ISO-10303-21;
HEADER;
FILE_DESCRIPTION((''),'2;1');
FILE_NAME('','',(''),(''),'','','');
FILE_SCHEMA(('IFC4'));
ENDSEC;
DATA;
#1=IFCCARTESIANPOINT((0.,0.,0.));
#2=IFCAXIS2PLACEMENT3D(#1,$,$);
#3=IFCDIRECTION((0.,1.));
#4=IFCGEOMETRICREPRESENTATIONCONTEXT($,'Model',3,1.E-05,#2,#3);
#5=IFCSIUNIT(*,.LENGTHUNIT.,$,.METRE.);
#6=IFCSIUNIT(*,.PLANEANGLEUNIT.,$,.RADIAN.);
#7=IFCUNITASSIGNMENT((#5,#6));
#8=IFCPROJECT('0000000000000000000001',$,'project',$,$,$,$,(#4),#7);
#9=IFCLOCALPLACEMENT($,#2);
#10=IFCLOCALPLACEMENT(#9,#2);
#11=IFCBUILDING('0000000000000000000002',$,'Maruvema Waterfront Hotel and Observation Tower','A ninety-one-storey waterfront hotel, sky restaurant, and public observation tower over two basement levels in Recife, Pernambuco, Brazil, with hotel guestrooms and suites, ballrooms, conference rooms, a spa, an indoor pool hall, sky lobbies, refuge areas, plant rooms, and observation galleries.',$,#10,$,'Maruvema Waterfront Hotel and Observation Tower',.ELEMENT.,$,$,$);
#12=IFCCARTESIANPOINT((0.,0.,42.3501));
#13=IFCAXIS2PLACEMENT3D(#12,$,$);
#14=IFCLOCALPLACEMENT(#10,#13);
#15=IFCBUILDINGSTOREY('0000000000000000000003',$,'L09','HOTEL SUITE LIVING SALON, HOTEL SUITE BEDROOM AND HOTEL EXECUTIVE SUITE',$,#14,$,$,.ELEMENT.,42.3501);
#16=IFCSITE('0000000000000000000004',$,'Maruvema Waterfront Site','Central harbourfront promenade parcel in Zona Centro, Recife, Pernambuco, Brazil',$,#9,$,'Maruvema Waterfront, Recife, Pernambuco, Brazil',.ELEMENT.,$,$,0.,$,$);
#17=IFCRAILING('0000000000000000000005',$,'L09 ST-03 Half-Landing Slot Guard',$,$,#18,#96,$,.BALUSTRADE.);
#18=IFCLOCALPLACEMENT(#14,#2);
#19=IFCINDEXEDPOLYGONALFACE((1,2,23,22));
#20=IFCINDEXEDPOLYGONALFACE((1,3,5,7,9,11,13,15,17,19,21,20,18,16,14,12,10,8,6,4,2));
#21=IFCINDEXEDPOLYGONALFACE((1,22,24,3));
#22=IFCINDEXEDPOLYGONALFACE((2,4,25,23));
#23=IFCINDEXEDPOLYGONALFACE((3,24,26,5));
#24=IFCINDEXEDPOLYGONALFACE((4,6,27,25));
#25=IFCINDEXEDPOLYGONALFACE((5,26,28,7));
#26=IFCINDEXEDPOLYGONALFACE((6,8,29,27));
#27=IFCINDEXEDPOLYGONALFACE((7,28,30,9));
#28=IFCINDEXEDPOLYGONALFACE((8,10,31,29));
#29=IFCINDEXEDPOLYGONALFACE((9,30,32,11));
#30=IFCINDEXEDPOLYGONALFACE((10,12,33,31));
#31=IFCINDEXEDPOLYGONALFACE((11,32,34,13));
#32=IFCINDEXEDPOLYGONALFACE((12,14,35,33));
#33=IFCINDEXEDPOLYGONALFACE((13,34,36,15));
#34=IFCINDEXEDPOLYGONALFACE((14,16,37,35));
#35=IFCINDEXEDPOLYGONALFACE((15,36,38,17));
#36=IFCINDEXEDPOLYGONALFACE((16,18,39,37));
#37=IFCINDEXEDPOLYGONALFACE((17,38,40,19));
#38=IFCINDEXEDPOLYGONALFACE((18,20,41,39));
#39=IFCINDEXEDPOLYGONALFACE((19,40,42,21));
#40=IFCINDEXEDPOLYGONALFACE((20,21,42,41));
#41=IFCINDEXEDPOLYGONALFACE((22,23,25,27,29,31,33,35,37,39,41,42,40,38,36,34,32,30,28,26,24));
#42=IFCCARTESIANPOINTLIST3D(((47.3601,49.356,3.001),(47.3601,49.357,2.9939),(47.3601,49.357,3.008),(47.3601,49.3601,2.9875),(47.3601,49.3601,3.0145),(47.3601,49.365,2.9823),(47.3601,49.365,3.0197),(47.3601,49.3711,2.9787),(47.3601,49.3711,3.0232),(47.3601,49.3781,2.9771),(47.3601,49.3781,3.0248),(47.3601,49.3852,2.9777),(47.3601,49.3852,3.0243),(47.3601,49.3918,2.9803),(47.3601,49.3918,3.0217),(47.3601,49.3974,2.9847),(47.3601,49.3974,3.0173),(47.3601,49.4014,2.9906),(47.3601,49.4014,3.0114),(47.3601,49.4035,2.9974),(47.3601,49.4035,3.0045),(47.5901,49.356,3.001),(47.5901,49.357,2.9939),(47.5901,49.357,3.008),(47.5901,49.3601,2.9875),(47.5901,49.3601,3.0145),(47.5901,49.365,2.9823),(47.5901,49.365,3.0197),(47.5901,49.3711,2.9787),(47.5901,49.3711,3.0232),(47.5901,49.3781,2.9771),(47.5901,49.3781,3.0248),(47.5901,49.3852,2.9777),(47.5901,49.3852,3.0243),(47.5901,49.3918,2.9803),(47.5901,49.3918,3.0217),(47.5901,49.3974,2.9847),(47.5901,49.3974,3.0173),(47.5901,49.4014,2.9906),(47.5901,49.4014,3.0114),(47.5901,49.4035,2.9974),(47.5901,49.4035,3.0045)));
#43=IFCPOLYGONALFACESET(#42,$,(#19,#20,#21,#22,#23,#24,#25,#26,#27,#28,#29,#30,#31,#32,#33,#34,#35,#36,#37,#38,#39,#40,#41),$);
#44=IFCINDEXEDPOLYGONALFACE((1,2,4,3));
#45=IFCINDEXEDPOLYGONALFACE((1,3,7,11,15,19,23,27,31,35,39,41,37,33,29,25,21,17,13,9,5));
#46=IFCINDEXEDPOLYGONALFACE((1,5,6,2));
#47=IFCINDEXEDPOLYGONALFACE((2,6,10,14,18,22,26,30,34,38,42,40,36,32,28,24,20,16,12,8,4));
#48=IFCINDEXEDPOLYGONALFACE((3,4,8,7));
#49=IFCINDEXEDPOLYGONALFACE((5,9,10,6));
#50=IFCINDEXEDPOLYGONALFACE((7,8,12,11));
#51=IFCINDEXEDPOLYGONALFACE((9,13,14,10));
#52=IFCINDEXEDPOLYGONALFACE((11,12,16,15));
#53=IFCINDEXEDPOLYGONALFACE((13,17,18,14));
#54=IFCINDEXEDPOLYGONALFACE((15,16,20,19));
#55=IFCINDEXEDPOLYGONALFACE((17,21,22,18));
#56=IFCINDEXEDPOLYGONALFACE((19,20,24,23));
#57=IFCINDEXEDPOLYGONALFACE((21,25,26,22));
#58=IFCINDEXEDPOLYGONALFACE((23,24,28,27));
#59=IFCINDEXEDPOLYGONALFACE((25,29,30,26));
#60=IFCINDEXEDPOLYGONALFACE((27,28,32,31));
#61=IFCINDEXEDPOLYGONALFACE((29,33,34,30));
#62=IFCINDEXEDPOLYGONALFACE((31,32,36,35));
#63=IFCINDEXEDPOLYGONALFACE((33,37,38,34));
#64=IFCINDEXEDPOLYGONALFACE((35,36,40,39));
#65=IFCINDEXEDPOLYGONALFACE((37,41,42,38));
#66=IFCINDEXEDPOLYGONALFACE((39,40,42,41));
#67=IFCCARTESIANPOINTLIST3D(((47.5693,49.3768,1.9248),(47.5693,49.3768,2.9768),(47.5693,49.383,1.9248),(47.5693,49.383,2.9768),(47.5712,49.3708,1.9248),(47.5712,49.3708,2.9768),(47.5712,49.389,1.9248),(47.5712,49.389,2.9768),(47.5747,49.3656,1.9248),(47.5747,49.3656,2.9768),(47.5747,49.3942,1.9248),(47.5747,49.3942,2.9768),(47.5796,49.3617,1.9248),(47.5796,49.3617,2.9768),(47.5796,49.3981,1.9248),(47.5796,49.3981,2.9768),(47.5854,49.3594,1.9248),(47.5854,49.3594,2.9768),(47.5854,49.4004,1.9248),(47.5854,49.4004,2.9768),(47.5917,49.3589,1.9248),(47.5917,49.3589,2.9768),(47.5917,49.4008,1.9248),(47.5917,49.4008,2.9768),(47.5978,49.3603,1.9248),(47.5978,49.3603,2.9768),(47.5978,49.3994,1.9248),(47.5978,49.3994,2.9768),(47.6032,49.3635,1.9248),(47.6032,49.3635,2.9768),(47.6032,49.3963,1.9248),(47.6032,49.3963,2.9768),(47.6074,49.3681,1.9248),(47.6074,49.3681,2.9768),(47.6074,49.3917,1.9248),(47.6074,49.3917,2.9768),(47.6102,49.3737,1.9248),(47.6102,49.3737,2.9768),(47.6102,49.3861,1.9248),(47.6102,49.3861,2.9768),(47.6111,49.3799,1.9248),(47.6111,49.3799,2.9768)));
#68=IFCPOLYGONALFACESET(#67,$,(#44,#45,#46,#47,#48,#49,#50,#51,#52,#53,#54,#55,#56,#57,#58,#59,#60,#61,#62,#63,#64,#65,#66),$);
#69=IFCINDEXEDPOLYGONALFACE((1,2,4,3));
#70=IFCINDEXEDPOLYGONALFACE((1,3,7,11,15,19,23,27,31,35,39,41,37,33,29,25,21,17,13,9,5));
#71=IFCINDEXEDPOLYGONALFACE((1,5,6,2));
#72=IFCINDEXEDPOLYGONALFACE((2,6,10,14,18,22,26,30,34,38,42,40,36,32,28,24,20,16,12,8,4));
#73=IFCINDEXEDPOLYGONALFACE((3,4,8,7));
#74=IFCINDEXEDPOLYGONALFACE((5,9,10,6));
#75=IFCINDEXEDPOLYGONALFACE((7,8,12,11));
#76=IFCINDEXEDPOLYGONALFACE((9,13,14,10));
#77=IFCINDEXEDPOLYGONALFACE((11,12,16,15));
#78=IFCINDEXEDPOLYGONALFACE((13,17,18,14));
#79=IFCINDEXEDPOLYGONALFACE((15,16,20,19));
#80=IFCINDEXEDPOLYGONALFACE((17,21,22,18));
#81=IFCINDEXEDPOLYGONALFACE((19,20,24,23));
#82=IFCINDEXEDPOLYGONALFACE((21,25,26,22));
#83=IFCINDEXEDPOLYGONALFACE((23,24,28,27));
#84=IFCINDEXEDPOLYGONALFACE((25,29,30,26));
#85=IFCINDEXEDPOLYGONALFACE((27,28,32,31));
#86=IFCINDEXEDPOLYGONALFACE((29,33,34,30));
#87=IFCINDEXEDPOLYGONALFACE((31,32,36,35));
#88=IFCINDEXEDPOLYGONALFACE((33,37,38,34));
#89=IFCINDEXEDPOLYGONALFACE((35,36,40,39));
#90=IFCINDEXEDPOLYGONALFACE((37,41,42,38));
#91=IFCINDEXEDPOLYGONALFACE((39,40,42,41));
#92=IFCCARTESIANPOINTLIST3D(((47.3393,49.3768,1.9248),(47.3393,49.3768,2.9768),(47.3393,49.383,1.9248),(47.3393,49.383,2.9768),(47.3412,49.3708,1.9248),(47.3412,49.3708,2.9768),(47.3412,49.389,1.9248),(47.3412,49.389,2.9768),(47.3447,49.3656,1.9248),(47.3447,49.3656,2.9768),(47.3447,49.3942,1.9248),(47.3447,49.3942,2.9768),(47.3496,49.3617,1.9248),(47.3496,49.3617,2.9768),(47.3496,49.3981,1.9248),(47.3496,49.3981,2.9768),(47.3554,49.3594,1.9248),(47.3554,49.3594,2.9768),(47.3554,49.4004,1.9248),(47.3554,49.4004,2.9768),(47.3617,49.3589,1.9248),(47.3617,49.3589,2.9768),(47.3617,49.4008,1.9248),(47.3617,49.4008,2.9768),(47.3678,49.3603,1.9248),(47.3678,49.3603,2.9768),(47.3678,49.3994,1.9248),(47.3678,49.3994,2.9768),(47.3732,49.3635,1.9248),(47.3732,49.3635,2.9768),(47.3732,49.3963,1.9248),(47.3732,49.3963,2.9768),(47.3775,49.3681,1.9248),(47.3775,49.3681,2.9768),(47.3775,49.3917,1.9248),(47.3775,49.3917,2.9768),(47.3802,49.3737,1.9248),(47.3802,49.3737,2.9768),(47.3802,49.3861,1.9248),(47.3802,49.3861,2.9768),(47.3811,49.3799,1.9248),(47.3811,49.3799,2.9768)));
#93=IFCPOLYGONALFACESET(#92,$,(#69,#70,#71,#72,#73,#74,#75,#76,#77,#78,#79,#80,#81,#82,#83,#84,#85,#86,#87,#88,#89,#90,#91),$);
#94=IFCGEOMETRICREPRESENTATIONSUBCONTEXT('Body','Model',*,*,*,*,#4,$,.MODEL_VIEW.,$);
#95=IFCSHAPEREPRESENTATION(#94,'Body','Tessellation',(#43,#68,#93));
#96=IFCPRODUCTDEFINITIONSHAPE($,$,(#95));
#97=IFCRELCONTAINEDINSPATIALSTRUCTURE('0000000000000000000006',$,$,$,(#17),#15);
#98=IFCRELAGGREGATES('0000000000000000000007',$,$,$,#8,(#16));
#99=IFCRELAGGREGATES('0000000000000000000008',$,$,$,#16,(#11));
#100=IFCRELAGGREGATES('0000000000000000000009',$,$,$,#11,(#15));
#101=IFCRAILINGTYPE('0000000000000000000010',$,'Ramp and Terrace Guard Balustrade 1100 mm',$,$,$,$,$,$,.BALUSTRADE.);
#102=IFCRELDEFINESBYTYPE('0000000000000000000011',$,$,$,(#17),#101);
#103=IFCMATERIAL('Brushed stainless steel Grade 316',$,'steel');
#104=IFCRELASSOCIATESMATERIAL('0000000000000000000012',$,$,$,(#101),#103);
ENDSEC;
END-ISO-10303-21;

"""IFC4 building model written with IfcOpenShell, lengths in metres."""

from ifc_helpers import new_model, si_unit, direction, frame, origin, origin_2d, place, context, subcontext, project, spatial, circle, extrude, material, type_object, element, save


model = new_model("IFC4")

# Units and contexts
model_context = context("Model", 3, precision=1e-05, world=origin(), true_north=direction((0.0, 1.0)))
body_context = subcontext(model_context, "Body", "Model", "MODEL_VIEW")
ifc_project = project(units=[si_unit("LENGTHUNIT", "METRE"), si_unit("PLANEANGLEUNIT", "RADIAN")], contexts=[model_context])

# Site, building, storey
site_placement = place(None, origin())
site = spatial("IfcSite", under=ifc_project, at=site_placement, Name="Maruvema Waterfront Site", Description="Central harbourfront promenade parcel in Zona Centro, Recife, Pernambuco, Brazil", LongName="Maruvema Waterfront, Recife, Pernambuco, Brazil", CompositionType="ELEMENT", RefElevation=0.0)
building_placement = place(site_placement, origin())
building = spatial("IfcBuilding", under=site, at=building_placement, Name="Maruvema Waterfront Hotel and Observation Tower", Description="A ninety-one-storey waterfront hotel, sky restaurant, and public observation tower over two basement levels in Recife, Pernambuco, Brazil, with hotel guestrooms and suites, ballrooms, conference rooms, a spa, an indoor pool hall, sky lobbies, refuge areas, plant rooms, and observation galleries.", LongName="Maruvema Waterfront Hotel and Observation Tower", CompositionType="ELEMENT")
storey_placement = place(building_placement, frame((0.0, 0.0, 42.3501)))
storey = spatial("IfcBuildingStorey", under=building, at=storey_placement, Name="L09", Description="HOTEL SUITE LIVING SALON, HOTEL SUITE BEDROOM AND HOTEL EXECUTIVE SUITE", CompositionType="ELEMENT", Elevation=42.3501)

# Railing
ifc_material_1 = material(Name="Brushed stainless steel Grade 316", Category="steel")
railing_type_1 = type_object("IfcRailingType", Name="Ramp and Terrace Guard Balustrade 1100 mm", PredefinedType="BALUSTRADE", material=ifc_material_1)
railing_1_placement = place(storey_placement, frame((47.5901, 49.3799, 1.9248)))
element("IfcRailing", 1, at=railing_1_placement, inside=storey, type_object=railing_type_1, Name="L09 ST-03 Half-Landing Slot Guard", PredefinedType="BALUSTRADE", context=body_context, shape_type="SweptSolid", body=[
    extrude(circle(Radius=0.0239, at=origin_2d()), frame((0.0, 0.0, 1.0762), z_axis=(-1.0, 0.0, 0.0), x_axis=(0.0, -1.0, 0.0)), (0.0, 0.0, 1.0), 0.23),
    extrude(circle(Radius=0.021, at=origin_2d()), origin(), (0.0, 0.0, 1.0), 1.052),
    extrude(circle(Radius=0.021, at=origin_2d()), frame((-0.23, 0.0, 0.0)), (0.0, 0.0, 1.0), 1.052),
])

save(model, "model.ifc")
